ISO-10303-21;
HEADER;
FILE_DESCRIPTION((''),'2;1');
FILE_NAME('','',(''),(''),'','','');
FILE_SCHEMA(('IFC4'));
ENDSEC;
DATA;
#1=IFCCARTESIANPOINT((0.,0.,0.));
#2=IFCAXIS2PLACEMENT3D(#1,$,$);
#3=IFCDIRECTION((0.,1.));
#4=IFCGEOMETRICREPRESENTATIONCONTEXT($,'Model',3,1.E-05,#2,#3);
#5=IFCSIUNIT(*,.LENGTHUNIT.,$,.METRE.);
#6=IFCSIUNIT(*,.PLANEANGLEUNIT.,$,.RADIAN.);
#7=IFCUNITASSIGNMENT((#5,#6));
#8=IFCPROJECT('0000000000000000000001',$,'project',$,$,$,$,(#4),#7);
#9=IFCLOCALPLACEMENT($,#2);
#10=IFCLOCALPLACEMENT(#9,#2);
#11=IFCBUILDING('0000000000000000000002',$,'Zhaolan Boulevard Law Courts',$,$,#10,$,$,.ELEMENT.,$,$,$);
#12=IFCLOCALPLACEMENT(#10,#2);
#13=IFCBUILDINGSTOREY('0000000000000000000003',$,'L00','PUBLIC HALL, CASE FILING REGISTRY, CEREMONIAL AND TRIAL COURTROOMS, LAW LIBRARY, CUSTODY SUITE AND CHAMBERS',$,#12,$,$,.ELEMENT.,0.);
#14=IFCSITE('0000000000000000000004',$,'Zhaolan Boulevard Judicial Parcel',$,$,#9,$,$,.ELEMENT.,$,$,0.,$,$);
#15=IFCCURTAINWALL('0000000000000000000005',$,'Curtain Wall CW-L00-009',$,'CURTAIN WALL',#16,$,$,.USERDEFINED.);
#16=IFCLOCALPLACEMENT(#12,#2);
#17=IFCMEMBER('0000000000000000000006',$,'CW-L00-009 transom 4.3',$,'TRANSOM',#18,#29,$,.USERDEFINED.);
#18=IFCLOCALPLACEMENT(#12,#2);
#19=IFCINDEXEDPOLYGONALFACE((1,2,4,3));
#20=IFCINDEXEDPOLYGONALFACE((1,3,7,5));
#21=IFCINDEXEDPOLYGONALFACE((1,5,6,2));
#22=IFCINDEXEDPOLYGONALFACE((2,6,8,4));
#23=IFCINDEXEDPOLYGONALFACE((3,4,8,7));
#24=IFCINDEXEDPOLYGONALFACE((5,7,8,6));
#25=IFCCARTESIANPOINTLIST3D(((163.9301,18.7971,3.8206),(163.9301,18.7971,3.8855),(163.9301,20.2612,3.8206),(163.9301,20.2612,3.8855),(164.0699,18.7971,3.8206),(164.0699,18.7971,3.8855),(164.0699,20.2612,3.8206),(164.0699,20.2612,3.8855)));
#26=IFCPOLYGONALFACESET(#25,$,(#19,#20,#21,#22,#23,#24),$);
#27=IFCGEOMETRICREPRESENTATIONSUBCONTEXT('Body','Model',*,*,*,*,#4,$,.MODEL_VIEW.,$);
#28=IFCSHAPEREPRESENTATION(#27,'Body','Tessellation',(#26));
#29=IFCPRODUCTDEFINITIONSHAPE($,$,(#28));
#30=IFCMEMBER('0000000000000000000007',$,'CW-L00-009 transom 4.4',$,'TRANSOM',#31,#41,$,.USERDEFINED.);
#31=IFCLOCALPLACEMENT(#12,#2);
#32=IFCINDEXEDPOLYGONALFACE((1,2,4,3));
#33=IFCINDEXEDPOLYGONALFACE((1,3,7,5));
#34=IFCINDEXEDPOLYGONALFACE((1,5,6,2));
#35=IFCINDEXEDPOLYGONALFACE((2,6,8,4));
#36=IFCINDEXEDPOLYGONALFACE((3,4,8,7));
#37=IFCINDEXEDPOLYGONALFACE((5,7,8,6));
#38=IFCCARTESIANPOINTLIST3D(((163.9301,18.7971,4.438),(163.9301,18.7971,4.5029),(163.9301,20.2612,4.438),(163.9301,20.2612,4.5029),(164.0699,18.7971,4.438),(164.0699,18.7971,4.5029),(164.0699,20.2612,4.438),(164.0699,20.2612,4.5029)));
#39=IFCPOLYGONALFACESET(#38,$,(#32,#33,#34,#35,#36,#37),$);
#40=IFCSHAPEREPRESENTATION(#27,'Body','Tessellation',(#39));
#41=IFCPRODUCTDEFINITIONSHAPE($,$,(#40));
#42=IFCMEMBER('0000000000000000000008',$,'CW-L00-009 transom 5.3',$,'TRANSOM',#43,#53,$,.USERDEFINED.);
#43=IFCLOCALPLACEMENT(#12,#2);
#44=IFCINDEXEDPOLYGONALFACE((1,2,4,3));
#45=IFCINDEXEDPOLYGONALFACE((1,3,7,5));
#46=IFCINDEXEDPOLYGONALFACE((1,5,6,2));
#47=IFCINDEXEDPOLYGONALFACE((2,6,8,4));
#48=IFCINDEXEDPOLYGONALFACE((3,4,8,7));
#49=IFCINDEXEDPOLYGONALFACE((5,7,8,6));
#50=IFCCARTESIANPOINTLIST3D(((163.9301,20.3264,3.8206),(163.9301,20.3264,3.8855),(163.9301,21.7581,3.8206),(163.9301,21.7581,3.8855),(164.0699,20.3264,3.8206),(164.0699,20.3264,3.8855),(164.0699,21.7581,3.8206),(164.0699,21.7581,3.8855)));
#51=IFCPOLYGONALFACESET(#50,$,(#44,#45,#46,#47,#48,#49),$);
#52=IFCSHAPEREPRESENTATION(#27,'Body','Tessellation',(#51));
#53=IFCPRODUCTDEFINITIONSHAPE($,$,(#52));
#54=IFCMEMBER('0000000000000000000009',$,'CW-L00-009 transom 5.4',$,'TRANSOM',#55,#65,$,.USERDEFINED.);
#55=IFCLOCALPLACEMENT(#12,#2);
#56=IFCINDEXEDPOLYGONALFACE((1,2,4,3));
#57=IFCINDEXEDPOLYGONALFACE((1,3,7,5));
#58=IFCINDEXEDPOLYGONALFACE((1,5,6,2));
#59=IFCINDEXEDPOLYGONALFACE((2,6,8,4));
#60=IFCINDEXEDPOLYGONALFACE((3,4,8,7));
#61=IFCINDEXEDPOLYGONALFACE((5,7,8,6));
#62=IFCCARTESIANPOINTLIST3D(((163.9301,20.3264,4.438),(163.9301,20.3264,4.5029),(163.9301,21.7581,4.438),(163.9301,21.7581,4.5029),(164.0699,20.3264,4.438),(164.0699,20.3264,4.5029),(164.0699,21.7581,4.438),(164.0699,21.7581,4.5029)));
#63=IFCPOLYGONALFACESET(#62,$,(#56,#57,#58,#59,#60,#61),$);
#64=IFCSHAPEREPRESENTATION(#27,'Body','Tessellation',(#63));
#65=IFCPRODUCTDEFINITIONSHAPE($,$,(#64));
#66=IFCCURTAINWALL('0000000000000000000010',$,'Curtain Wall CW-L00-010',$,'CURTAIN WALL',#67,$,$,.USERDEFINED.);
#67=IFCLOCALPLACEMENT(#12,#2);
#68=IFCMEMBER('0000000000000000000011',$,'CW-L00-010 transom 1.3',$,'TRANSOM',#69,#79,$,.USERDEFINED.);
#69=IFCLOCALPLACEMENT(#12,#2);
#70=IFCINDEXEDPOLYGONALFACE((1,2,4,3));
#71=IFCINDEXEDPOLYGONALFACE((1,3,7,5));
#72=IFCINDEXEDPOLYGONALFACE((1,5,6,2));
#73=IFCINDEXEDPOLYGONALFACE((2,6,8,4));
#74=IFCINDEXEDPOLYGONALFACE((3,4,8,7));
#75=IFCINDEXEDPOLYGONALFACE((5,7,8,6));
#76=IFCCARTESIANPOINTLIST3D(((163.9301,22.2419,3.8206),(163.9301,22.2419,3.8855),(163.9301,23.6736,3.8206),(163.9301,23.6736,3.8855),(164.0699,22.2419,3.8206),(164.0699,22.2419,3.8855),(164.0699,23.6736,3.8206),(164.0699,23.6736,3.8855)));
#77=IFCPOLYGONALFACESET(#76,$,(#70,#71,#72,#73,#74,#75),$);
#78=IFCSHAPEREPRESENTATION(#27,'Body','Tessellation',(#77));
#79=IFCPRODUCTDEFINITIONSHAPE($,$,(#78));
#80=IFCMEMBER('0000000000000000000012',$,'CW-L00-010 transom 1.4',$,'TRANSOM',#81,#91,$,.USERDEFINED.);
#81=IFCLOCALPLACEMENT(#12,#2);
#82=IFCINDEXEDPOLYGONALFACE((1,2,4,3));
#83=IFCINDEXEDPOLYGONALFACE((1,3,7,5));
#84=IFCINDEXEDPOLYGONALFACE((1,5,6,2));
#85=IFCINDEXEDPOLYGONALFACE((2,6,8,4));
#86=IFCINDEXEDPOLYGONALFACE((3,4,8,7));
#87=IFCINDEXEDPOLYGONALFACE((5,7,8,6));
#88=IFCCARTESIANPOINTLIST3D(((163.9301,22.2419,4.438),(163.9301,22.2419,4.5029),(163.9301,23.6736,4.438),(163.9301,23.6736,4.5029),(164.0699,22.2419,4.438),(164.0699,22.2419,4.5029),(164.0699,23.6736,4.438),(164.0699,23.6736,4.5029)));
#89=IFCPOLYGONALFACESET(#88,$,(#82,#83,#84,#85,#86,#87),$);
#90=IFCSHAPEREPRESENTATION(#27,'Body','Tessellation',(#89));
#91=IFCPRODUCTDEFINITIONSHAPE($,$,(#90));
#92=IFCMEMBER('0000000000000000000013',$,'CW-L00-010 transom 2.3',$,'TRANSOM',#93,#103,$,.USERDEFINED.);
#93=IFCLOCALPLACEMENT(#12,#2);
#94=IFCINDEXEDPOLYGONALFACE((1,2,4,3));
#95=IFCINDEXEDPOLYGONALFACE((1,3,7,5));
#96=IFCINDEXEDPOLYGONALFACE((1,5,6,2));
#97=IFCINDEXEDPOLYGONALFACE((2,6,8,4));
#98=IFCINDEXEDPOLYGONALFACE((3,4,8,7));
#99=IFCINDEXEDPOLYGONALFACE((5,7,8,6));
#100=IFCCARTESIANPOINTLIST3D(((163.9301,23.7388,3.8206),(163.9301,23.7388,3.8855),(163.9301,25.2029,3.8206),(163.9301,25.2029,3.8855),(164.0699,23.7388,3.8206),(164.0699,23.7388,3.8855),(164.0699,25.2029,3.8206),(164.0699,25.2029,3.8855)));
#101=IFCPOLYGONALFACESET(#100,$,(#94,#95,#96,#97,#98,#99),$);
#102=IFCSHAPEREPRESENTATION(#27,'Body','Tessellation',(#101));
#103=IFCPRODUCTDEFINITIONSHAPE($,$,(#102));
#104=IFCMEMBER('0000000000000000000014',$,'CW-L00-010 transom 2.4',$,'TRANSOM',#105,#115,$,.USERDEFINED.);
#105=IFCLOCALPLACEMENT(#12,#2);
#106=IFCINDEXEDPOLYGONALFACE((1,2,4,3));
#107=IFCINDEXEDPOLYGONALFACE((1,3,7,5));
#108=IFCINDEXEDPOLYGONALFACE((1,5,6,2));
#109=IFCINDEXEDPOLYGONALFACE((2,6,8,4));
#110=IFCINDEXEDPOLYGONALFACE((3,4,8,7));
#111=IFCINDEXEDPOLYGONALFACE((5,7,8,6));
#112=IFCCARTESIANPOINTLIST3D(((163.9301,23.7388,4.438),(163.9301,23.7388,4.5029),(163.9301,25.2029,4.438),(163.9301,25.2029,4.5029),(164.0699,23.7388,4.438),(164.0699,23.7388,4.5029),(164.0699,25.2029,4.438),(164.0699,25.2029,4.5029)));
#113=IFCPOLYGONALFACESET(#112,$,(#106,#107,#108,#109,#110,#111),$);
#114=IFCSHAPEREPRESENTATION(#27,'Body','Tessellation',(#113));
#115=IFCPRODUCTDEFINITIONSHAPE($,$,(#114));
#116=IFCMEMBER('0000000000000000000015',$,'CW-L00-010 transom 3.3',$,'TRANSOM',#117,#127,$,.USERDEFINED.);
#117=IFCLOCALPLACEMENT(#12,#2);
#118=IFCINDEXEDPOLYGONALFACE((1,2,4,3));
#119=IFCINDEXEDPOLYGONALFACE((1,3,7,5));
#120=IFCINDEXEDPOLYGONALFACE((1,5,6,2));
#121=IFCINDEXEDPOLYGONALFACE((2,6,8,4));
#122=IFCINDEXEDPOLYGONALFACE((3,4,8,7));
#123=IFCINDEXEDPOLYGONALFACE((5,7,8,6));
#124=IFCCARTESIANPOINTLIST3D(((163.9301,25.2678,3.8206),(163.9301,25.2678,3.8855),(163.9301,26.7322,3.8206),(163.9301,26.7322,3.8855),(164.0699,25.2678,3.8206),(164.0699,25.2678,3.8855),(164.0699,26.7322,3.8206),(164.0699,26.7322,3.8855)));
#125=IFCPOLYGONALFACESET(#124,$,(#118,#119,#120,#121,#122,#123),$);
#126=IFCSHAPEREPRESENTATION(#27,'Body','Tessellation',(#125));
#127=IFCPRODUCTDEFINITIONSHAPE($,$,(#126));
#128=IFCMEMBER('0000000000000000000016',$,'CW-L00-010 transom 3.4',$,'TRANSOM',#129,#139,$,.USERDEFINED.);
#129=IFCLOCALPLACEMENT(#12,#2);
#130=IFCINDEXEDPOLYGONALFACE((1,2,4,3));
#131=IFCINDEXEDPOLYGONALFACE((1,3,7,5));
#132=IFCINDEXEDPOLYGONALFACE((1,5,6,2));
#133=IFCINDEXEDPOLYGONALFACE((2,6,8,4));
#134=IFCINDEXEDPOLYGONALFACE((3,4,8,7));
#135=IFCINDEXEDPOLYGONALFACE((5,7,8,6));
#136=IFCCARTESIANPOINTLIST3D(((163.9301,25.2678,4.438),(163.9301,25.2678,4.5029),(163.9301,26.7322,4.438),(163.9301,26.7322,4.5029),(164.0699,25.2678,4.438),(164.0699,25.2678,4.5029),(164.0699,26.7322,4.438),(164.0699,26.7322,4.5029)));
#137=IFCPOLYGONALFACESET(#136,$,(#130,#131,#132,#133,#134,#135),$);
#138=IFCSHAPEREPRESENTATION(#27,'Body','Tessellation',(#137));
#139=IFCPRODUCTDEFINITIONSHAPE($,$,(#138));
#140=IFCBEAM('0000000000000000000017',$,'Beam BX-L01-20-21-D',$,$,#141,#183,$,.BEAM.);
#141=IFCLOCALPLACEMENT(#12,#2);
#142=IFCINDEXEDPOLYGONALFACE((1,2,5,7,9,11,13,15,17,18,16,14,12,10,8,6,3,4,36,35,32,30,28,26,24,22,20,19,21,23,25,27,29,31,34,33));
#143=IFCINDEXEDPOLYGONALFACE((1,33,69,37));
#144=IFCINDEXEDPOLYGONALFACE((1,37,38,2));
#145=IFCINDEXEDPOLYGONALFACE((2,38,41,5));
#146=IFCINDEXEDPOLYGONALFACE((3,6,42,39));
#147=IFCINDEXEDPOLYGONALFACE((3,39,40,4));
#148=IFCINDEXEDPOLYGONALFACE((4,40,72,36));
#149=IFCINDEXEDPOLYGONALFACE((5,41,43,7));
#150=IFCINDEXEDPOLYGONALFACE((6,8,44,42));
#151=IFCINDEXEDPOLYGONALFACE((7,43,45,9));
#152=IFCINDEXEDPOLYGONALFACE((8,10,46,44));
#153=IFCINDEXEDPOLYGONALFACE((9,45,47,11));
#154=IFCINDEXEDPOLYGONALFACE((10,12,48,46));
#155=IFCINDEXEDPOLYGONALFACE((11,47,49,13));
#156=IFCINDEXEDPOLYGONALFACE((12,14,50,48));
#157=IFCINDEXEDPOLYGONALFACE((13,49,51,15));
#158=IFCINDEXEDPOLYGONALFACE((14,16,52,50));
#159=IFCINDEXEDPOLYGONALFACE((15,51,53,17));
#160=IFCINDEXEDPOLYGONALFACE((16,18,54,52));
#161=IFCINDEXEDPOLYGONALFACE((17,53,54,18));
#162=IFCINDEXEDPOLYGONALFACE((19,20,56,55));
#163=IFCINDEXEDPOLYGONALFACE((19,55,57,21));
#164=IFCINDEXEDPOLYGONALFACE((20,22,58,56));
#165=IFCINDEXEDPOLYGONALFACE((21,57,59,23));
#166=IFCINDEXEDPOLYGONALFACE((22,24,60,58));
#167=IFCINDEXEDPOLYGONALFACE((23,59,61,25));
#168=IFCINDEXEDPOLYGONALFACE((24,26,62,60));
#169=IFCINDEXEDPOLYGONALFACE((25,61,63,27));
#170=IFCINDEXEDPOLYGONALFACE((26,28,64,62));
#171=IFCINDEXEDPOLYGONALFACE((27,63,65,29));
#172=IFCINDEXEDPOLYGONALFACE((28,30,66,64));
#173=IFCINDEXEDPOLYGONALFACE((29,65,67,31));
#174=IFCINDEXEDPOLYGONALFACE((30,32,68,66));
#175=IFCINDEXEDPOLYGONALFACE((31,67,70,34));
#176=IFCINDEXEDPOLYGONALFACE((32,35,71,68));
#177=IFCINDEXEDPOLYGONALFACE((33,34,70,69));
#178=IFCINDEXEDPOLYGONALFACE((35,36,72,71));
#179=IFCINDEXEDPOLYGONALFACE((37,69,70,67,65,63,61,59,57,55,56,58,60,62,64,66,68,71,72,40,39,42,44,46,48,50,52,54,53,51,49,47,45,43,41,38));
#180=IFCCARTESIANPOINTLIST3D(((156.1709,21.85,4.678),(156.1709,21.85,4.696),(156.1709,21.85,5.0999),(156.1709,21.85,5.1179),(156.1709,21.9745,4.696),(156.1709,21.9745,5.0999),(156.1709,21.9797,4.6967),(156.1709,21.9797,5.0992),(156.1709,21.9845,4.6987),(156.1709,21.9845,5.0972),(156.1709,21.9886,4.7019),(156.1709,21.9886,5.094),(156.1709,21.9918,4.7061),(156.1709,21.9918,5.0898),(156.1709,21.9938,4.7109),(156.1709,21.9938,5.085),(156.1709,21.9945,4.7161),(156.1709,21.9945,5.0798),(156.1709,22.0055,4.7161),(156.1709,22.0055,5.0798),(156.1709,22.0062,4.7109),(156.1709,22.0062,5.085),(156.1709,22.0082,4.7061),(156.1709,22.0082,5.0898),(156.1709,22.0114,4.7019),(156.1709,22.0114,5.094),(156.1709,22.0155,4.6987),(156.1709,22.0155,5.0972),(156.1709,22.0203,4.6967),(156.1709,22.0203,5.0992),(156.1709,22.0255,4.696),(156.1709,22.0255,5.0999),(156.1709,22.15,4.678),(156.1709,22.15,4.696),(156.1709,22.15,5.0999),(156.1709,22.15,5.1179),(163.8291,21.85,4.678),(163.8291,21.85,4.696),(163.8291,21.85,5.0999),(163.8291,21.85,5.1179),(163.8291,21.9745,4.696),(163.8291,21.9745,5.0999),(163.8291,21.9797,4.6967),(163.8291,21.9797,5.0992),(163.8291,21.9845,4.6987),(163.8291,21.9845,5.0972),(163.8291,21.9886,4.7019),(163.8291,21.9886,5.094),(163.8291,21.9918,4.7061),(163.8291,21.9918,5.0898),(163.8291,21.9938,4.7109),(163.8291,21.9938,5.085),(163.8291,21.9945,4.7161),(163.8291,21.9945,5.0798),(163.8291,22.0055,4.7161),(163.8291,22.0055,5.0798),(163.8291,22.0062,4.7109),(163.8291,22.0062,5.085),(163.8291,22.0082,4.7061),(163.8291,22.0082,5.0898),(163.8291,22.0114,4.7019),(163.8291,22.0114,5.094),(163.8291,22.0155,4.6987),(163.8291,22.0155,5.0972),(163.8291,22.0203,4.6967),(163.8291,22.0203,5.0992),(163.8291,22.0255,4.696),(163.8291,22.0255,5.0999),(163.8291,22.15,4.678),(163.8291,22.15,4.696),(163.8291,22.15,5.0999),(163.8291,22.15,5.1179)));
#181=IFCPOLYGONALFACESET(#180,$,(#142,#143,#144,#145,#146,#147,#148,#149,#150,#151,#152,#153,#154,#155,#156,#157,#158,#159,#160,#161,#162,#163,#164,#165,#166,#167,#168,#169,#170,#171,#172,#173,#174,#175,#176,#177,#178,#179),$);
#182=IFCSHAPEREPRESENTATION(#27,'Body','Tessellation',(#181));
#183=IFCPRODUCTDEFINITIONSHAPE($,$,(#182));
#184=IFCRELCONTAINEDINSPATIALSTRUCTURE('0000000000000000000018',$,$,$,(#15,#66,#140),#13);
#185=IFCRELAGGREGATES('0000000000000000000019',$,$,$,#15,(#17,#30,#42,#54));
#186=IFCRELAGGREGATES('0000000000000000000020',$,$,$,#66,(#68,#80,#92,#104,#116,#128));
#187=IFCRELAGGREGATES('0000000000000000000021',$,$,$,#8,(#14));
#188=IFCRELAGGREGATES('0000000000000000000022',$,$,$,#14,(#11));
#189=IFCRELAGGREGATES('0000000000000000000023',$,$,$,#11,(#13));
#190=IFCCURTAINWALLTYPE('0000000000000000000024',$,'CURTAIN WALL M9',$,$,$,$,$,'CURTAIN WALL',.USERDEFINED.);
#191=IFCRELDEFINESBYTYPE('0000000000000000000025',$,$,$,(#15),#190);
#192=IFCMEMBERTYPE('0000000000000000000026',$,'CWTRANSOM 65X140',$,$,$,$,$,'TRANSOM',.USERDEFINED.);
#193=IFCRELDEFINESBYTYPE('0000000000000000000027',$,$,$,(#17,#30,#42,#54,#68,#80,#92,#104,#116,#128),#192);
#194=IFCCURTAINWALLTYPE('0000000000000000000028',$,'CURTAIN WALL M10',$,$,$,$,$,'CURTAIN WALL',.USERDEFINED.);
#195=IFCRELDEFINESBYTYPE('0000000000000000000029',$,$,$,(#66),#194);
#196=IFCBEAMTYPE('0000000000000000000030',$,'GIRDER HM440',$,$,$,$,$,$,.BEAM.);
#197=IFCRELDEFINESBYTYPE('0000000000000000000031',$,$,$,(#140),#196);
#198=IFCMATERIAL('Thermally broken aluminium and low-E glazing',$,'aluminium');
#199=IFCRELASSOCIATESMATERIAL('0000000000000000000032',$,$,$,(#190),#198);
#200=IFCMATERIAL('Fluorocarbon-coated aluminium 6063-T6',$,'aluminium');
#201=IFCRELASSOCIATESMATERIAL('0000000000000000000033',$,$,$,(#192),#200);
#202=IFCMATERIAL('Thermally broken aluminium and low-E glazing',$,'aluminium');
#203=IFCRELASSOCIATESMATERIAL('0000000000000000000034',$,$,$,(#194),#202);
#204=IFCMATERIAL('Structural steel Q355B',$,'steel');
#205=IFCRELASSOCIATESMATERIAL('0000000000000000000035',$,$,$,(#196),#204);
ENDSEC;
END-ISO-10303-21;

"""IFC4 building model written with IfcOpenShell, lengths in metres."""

from ifc_helpers import new_model, si_unit, direction, frame, origin, origin_2d, place, context, subcontext, project, spatial, rectangle, i_section, extrude, material, material_profile, profile_set, type_object, element, aggregate, save


model = new_model("IFC4")

# Units and contexts
model_context = context("Model", 3, precision=1e-05, world=origin(), true_north=direction((0.0, 1.0)))
body_context = subcontext(model_context, "Body", "Model", "MODEL_VIEW")
ifc_project = project(units=[si_unit("LENGTHUNIT", "METRE"), si_unit("PLANEANGLEUNIT", "RADIAN")], contexts=[model_context])

# Site, building, storey
site_placement = place(None, origin())
site = spatial("IfcSite", under=ifc_project, at=site_placement, Name="Zhaolan Boulevard Judicial Parcel", CompositionType="ELEMENT", RefElevation=0.0)
building_placement = place(site_placement, origin())
building = spatial("IfcBuilding", under=site, at=building_placement, Name="Zhaolan Boulevard Law Courts", CompositionType="ELEMENT")
storey_placement = place(building_placement, origin())
storey = spatial("IfcBuildingStorey", under=building, at=storey_placement, Name="L00", Description="PUBLIC HALL, CASE FILING REGISTRY, CEREMONIAL AND TRIAL COURTROOMS, LAW LIBRARY, CUSTODY SUITE AND CHAMBERS", CompositionType="ELEMENT", Elevation=0.0)

# Curtain walls, members
ifc_material_1 = material(Name="Thermally broken aluminium and low-E glazing", Category="aluminium")
curtain_wall_type_1 = type_object("IfcCurtainWallType", Name="CURTAIN WALL M9", ElementType="CURTAIN WALL", PredefinedType="USERDEFINED", material=ifc_material_1)
curtain_wall_1_placement = place(storey_placement, origin())
curtain_wall_1 = element("IfcCurtainWall", 1, at=curtain_wall_1_placement, inside=storey, type_object=curtain_wall_type_1, Name="Curtain Wall CW-L00-009", ObjectType="CURTAIN WALL", PredefinedType="USERDEFINED")
ifc_material_2 = material(Name="Fluorocarbon-coated aluminium 6063-T6", Category="aluminium")
ifc_material_profile_1 = material_profile(ifc_material_2, rectangle(XDim=0.1399, YDim=0.0649, at=origin_2d()), Name="AL65x140")
ifc_profile_set_1 = profile_set([ifc_material_profile_1], Name="Fluorocarbon-coated aluminium 6063-T6")
member_type = type_object("IfcMemberType", Name="CWTRANSOM 65X140", ElementType="TRANSOM", PredefinedType="USERDEFINED", material=ifc_profile_set_1)
member_1_placement = place(storey_placement, frame((164.0, 18.7971, 3.853), z_axis=(0.0, 1.0, 0.0), x_axis=(-1.0, 0.0, 0.0)))
member_1 = element("IfcMember", 2, at=member_1_placement, type_object=member_type, Name="CW-L00-009 transom 4.3", ObjectType="TRANSOM", PredefinedType="USERDEFINED", context=body_context, shape_type="SweptSolid", body=[
    extrude(rectangle(XDim=0.1399, YDim=0.0649, at=origin_2d()), origin(), (0.0, 0.0, 1.0), 1.4641),
])
member_2_placement = place(storey_placement, frame((164.0, 18.7971, 4.4705), z_axis=(0.0, 1.0, 0.0), x_axis=(-1.0, 0.0, 0.0)))
member_2 = element("IfcMember", 3, at=member_2_placement, type_object=member_type, Name="CW-L00-009 transom 4.4", ObjectType="TRANSOM", PredefinedType="USERDEFINED", context=body_context, shape_type="SweptSolid", body=[
    extrude(rectangle(XDim=0.1399, YDim=0.0649, at=origin_2d()), origin(), (0.0, 0.0, 1.0), 1.4641),
])
member_3_placement = place(storey_placement, frame((164.0, 20.3264, 3.853), z_axis=(0.0, 1.0, 0.0), x_axis=(-1.0, 0.0, 0.0)))
member_3 = element("IfcMember", 4, at=member_3_placement, type_object=member_type, Name="CW-L00-009 transom 5.3", ObjectType="TRANSOM", PredefinedType="USERDEFINED", context=body_context, shape_type="SweptSolid", body=[
    extrude(rectangle(XDim=0.1399, YDim=0.0649, at=origin_2d()), origin(), (0.0, 0.0, 1.0), 1.4316),
])
member_4_placement = place(storey_placement, frame((164.0, 20.3264, 4.4705), z_axis=(0.0, 1.0, 0.0), x_axis=(-1.0, 0.0, 0.0)))
member_4 = element("IfcMember", 5, at=member_4_placement, type_object=member_type, Name="CW-L00-009 transom 5.4", ObjectType="TRANSOM", PredefinedType="USERDEFINED", context=body_context, shape_type="SweptSolid", body=[
    extrude(rectangle(XDim=0.1399, YDim=0.0649, at=origin_2d()), origin(), (0.0, 0.0, 1.0), 1.4316),
])
ifc_material_3 = material(Name="Thermally broken aluminium and low-E glazing", Category="aluminium")
curtain_wall_type_2 = type_object("IfcCurtainWallType", Name="CURTAIN WALL M10", ElementType="CURTAIN WALL", PredefinedType="USERDEFINED", material=ifc_material_3)
curtain_wall_2_placement = place(storey_placement, origin())
curtain_wall_2 = element("IfcCurtainWall", 6, at=curtain_wall_2_placement, inside=storey, type_object=curtain_wall_type_2, Name="Curtain Wall CW-L00-010", ObjectType="CURTAIN WALL", PredefinedType="USERDEFINED")
member_5_placement = place(storey_placement, frame((164.0, 22.2419, 3.853), z_axis=(0.0, 1.0, 0.0), x_axis=(-1.0, 0.0, 0.0)))
member_5 = element("IfcMember", 7, at=member_5_placement, type_object=member_type, Name="CW-L00-010 transom 1.3", ObjectType="TRANSOM", PredefinedType="USERDEFINED", context=body_context, shape_type="SweptSolid", body=[
    extrude(rectangle(XDim=0.1399, YDim=0.0649, at=origin_2d()), origin(), (0.0, 0.0, 1.0), 1.4316),
])
member_6_placement = place(storey_placement, frame((164.0, 22.2419, 4.4705), z_axis=(0.0, 1.0, 0.0), x_axis=(-1.0, 0.0, 0.0)))
member_6 = element("IfcMember", 8, at=member_6_placement, type_object=member_type, Name="CW-L00-010 transom 1.4", ObjectType="TRANSOM", PredefinedType="USERDEFINED", context=body_context, shape_type="SweptSolid", body=[
    extrude(rectangle(XDim=0.1399, YDim=0.0649, at=origin_2d()), origin(), (0.0, 0.0, 1.0), 1.4316),
])
member_7_placement = place(storey_placement, frame((164.0, 23.7388, 3.853), z_axis=(0.0, 1.0, 0.0), x_axis=(-1.0, 0.0, 0.0)))
member_7 = element("IfcMember", 9, at=member_7_placement, type_object=member_type, Name="CW-L00-010 transom 2.3", ObjectType="TRANSOM", PredefinedType="USERDEFINED", context=body_context, shape_type="SweptSolid", body=[
    extrude(rectangle(XDim=0.1399, YDim=0.0649, at=origin_2d()), origin(), (0.0, 0.0, 1.0), 1.4641),
])
member_8_placement = place(storey_placement, frame((164.0, 23.7388, 4.4705), z_axis=(0.0, 1.0, 0.0), x_axis=(-1.0, 0.0, 0.0)))
member_8 = element("IfcMember", 10, at=member_8_placement, type_object=member_type, Name="CW-L00-010 transom 2.4", ObjectType="TRANSOM", PredefinedType="USERDEFINED", context=body_context, shape_type="SweptSolid", body=[
    extrude(rectangle(XDim=0.1399, YDim=0.0649, at=origin_2d()), origin(), (0.0, 0.0, 1.0), 1.4641),
])
member_9_placement = place(storey_placement, frame((164.0, 25.2678, 3.853), z_axis=(0.0, 1.0, 0.0), x_axis=(-1.0, 0.0, 0.0)))
member_9 = element("IfcMember", 11, at=member_9_placement, type_object=member_type, Name="CW-L00-010 transom 3.3", ObjectType="TRANSOM", PredefinedType="USERDEFINED", context=body_context, shape_type="SweptSolid", body=[
    extrude(rectangle(XDim=0.1399, YDim=0.0649, at=origin_2d()), origin(), (0.0, 0.0, 1.0), 1.4644),
])
member_10_placement = place(storey_placement, frame((164.0, 25.2678, 4.4705), z_axis=(0.0, 1.0, 0.0), x_axis=(-1.0, 0.0, 0.0)))
member_10 = element("IfcMember", 12, at=member_10_placement, type_object=member_type, Name="CW-L00-010 transom 3.4", ObjectType="TRANSOM", PredefinedType="USERDEFINED", context=body_context, shape_type="SweptSolid", body=[
    extrude(rectangle(XDim=0.1399, YDim=0.0649, at=origin_2d()), origin(), (0.0, 0.0, 1.0), 1.4644),
])

# Beam
ifc_material_4 = material(Name="Structural steel Q355B", Category="steel")
ifc_material_profile_2 = material_profile(ifc_material_4, i_section(OverallWidth=0.3, OverallDepth=0.4399, WebThickness=0.011, FlangeThickness=0.0181, FilletRadius=0.02, at=origin_2d()), Name="HM440x300")
ifc_profile_set_2 = profile_set([ifc_material_profile_2], Name="Structural steel Q355B")
beam_type_1 = type_object("IfcBeamType", Name="GIRDER HM440", PredefinedType="BEAM", material=ifc_profile_set_2)
beam_1_placement = place(storey_placement, frame((156.1709, 22.0, 4.8979), z_axis=(1.0, 0.0, 0.0), x_axis=(0.0, 1.0, 0.0)))
element("IfcBeam", 13, at=beam_1_placement, inside=storey, type_object=beam_type_1, Name="Beam BX-L01-20-21-D", PredefinedType="BEAM", context=body_context, shape_type="SweptSolid", body=[
    extrude(i_section(OverallWidth=0.3, OverallDepth=0.4399, WebThickness=0.011, FlangeThickness=0.0181, FilletRadius=0.02, at=origin_2d()), origin(), (0.0, 0.0, 1.0), 7.6582),
])

aggregate(curtain_wall_1, [member_1, member_2, member_3, member_4])
aggregate(curtain_wall_2, [member_5, member_6, member_7, member_8, member_9, member_10])

save(model, "model.ifc")
